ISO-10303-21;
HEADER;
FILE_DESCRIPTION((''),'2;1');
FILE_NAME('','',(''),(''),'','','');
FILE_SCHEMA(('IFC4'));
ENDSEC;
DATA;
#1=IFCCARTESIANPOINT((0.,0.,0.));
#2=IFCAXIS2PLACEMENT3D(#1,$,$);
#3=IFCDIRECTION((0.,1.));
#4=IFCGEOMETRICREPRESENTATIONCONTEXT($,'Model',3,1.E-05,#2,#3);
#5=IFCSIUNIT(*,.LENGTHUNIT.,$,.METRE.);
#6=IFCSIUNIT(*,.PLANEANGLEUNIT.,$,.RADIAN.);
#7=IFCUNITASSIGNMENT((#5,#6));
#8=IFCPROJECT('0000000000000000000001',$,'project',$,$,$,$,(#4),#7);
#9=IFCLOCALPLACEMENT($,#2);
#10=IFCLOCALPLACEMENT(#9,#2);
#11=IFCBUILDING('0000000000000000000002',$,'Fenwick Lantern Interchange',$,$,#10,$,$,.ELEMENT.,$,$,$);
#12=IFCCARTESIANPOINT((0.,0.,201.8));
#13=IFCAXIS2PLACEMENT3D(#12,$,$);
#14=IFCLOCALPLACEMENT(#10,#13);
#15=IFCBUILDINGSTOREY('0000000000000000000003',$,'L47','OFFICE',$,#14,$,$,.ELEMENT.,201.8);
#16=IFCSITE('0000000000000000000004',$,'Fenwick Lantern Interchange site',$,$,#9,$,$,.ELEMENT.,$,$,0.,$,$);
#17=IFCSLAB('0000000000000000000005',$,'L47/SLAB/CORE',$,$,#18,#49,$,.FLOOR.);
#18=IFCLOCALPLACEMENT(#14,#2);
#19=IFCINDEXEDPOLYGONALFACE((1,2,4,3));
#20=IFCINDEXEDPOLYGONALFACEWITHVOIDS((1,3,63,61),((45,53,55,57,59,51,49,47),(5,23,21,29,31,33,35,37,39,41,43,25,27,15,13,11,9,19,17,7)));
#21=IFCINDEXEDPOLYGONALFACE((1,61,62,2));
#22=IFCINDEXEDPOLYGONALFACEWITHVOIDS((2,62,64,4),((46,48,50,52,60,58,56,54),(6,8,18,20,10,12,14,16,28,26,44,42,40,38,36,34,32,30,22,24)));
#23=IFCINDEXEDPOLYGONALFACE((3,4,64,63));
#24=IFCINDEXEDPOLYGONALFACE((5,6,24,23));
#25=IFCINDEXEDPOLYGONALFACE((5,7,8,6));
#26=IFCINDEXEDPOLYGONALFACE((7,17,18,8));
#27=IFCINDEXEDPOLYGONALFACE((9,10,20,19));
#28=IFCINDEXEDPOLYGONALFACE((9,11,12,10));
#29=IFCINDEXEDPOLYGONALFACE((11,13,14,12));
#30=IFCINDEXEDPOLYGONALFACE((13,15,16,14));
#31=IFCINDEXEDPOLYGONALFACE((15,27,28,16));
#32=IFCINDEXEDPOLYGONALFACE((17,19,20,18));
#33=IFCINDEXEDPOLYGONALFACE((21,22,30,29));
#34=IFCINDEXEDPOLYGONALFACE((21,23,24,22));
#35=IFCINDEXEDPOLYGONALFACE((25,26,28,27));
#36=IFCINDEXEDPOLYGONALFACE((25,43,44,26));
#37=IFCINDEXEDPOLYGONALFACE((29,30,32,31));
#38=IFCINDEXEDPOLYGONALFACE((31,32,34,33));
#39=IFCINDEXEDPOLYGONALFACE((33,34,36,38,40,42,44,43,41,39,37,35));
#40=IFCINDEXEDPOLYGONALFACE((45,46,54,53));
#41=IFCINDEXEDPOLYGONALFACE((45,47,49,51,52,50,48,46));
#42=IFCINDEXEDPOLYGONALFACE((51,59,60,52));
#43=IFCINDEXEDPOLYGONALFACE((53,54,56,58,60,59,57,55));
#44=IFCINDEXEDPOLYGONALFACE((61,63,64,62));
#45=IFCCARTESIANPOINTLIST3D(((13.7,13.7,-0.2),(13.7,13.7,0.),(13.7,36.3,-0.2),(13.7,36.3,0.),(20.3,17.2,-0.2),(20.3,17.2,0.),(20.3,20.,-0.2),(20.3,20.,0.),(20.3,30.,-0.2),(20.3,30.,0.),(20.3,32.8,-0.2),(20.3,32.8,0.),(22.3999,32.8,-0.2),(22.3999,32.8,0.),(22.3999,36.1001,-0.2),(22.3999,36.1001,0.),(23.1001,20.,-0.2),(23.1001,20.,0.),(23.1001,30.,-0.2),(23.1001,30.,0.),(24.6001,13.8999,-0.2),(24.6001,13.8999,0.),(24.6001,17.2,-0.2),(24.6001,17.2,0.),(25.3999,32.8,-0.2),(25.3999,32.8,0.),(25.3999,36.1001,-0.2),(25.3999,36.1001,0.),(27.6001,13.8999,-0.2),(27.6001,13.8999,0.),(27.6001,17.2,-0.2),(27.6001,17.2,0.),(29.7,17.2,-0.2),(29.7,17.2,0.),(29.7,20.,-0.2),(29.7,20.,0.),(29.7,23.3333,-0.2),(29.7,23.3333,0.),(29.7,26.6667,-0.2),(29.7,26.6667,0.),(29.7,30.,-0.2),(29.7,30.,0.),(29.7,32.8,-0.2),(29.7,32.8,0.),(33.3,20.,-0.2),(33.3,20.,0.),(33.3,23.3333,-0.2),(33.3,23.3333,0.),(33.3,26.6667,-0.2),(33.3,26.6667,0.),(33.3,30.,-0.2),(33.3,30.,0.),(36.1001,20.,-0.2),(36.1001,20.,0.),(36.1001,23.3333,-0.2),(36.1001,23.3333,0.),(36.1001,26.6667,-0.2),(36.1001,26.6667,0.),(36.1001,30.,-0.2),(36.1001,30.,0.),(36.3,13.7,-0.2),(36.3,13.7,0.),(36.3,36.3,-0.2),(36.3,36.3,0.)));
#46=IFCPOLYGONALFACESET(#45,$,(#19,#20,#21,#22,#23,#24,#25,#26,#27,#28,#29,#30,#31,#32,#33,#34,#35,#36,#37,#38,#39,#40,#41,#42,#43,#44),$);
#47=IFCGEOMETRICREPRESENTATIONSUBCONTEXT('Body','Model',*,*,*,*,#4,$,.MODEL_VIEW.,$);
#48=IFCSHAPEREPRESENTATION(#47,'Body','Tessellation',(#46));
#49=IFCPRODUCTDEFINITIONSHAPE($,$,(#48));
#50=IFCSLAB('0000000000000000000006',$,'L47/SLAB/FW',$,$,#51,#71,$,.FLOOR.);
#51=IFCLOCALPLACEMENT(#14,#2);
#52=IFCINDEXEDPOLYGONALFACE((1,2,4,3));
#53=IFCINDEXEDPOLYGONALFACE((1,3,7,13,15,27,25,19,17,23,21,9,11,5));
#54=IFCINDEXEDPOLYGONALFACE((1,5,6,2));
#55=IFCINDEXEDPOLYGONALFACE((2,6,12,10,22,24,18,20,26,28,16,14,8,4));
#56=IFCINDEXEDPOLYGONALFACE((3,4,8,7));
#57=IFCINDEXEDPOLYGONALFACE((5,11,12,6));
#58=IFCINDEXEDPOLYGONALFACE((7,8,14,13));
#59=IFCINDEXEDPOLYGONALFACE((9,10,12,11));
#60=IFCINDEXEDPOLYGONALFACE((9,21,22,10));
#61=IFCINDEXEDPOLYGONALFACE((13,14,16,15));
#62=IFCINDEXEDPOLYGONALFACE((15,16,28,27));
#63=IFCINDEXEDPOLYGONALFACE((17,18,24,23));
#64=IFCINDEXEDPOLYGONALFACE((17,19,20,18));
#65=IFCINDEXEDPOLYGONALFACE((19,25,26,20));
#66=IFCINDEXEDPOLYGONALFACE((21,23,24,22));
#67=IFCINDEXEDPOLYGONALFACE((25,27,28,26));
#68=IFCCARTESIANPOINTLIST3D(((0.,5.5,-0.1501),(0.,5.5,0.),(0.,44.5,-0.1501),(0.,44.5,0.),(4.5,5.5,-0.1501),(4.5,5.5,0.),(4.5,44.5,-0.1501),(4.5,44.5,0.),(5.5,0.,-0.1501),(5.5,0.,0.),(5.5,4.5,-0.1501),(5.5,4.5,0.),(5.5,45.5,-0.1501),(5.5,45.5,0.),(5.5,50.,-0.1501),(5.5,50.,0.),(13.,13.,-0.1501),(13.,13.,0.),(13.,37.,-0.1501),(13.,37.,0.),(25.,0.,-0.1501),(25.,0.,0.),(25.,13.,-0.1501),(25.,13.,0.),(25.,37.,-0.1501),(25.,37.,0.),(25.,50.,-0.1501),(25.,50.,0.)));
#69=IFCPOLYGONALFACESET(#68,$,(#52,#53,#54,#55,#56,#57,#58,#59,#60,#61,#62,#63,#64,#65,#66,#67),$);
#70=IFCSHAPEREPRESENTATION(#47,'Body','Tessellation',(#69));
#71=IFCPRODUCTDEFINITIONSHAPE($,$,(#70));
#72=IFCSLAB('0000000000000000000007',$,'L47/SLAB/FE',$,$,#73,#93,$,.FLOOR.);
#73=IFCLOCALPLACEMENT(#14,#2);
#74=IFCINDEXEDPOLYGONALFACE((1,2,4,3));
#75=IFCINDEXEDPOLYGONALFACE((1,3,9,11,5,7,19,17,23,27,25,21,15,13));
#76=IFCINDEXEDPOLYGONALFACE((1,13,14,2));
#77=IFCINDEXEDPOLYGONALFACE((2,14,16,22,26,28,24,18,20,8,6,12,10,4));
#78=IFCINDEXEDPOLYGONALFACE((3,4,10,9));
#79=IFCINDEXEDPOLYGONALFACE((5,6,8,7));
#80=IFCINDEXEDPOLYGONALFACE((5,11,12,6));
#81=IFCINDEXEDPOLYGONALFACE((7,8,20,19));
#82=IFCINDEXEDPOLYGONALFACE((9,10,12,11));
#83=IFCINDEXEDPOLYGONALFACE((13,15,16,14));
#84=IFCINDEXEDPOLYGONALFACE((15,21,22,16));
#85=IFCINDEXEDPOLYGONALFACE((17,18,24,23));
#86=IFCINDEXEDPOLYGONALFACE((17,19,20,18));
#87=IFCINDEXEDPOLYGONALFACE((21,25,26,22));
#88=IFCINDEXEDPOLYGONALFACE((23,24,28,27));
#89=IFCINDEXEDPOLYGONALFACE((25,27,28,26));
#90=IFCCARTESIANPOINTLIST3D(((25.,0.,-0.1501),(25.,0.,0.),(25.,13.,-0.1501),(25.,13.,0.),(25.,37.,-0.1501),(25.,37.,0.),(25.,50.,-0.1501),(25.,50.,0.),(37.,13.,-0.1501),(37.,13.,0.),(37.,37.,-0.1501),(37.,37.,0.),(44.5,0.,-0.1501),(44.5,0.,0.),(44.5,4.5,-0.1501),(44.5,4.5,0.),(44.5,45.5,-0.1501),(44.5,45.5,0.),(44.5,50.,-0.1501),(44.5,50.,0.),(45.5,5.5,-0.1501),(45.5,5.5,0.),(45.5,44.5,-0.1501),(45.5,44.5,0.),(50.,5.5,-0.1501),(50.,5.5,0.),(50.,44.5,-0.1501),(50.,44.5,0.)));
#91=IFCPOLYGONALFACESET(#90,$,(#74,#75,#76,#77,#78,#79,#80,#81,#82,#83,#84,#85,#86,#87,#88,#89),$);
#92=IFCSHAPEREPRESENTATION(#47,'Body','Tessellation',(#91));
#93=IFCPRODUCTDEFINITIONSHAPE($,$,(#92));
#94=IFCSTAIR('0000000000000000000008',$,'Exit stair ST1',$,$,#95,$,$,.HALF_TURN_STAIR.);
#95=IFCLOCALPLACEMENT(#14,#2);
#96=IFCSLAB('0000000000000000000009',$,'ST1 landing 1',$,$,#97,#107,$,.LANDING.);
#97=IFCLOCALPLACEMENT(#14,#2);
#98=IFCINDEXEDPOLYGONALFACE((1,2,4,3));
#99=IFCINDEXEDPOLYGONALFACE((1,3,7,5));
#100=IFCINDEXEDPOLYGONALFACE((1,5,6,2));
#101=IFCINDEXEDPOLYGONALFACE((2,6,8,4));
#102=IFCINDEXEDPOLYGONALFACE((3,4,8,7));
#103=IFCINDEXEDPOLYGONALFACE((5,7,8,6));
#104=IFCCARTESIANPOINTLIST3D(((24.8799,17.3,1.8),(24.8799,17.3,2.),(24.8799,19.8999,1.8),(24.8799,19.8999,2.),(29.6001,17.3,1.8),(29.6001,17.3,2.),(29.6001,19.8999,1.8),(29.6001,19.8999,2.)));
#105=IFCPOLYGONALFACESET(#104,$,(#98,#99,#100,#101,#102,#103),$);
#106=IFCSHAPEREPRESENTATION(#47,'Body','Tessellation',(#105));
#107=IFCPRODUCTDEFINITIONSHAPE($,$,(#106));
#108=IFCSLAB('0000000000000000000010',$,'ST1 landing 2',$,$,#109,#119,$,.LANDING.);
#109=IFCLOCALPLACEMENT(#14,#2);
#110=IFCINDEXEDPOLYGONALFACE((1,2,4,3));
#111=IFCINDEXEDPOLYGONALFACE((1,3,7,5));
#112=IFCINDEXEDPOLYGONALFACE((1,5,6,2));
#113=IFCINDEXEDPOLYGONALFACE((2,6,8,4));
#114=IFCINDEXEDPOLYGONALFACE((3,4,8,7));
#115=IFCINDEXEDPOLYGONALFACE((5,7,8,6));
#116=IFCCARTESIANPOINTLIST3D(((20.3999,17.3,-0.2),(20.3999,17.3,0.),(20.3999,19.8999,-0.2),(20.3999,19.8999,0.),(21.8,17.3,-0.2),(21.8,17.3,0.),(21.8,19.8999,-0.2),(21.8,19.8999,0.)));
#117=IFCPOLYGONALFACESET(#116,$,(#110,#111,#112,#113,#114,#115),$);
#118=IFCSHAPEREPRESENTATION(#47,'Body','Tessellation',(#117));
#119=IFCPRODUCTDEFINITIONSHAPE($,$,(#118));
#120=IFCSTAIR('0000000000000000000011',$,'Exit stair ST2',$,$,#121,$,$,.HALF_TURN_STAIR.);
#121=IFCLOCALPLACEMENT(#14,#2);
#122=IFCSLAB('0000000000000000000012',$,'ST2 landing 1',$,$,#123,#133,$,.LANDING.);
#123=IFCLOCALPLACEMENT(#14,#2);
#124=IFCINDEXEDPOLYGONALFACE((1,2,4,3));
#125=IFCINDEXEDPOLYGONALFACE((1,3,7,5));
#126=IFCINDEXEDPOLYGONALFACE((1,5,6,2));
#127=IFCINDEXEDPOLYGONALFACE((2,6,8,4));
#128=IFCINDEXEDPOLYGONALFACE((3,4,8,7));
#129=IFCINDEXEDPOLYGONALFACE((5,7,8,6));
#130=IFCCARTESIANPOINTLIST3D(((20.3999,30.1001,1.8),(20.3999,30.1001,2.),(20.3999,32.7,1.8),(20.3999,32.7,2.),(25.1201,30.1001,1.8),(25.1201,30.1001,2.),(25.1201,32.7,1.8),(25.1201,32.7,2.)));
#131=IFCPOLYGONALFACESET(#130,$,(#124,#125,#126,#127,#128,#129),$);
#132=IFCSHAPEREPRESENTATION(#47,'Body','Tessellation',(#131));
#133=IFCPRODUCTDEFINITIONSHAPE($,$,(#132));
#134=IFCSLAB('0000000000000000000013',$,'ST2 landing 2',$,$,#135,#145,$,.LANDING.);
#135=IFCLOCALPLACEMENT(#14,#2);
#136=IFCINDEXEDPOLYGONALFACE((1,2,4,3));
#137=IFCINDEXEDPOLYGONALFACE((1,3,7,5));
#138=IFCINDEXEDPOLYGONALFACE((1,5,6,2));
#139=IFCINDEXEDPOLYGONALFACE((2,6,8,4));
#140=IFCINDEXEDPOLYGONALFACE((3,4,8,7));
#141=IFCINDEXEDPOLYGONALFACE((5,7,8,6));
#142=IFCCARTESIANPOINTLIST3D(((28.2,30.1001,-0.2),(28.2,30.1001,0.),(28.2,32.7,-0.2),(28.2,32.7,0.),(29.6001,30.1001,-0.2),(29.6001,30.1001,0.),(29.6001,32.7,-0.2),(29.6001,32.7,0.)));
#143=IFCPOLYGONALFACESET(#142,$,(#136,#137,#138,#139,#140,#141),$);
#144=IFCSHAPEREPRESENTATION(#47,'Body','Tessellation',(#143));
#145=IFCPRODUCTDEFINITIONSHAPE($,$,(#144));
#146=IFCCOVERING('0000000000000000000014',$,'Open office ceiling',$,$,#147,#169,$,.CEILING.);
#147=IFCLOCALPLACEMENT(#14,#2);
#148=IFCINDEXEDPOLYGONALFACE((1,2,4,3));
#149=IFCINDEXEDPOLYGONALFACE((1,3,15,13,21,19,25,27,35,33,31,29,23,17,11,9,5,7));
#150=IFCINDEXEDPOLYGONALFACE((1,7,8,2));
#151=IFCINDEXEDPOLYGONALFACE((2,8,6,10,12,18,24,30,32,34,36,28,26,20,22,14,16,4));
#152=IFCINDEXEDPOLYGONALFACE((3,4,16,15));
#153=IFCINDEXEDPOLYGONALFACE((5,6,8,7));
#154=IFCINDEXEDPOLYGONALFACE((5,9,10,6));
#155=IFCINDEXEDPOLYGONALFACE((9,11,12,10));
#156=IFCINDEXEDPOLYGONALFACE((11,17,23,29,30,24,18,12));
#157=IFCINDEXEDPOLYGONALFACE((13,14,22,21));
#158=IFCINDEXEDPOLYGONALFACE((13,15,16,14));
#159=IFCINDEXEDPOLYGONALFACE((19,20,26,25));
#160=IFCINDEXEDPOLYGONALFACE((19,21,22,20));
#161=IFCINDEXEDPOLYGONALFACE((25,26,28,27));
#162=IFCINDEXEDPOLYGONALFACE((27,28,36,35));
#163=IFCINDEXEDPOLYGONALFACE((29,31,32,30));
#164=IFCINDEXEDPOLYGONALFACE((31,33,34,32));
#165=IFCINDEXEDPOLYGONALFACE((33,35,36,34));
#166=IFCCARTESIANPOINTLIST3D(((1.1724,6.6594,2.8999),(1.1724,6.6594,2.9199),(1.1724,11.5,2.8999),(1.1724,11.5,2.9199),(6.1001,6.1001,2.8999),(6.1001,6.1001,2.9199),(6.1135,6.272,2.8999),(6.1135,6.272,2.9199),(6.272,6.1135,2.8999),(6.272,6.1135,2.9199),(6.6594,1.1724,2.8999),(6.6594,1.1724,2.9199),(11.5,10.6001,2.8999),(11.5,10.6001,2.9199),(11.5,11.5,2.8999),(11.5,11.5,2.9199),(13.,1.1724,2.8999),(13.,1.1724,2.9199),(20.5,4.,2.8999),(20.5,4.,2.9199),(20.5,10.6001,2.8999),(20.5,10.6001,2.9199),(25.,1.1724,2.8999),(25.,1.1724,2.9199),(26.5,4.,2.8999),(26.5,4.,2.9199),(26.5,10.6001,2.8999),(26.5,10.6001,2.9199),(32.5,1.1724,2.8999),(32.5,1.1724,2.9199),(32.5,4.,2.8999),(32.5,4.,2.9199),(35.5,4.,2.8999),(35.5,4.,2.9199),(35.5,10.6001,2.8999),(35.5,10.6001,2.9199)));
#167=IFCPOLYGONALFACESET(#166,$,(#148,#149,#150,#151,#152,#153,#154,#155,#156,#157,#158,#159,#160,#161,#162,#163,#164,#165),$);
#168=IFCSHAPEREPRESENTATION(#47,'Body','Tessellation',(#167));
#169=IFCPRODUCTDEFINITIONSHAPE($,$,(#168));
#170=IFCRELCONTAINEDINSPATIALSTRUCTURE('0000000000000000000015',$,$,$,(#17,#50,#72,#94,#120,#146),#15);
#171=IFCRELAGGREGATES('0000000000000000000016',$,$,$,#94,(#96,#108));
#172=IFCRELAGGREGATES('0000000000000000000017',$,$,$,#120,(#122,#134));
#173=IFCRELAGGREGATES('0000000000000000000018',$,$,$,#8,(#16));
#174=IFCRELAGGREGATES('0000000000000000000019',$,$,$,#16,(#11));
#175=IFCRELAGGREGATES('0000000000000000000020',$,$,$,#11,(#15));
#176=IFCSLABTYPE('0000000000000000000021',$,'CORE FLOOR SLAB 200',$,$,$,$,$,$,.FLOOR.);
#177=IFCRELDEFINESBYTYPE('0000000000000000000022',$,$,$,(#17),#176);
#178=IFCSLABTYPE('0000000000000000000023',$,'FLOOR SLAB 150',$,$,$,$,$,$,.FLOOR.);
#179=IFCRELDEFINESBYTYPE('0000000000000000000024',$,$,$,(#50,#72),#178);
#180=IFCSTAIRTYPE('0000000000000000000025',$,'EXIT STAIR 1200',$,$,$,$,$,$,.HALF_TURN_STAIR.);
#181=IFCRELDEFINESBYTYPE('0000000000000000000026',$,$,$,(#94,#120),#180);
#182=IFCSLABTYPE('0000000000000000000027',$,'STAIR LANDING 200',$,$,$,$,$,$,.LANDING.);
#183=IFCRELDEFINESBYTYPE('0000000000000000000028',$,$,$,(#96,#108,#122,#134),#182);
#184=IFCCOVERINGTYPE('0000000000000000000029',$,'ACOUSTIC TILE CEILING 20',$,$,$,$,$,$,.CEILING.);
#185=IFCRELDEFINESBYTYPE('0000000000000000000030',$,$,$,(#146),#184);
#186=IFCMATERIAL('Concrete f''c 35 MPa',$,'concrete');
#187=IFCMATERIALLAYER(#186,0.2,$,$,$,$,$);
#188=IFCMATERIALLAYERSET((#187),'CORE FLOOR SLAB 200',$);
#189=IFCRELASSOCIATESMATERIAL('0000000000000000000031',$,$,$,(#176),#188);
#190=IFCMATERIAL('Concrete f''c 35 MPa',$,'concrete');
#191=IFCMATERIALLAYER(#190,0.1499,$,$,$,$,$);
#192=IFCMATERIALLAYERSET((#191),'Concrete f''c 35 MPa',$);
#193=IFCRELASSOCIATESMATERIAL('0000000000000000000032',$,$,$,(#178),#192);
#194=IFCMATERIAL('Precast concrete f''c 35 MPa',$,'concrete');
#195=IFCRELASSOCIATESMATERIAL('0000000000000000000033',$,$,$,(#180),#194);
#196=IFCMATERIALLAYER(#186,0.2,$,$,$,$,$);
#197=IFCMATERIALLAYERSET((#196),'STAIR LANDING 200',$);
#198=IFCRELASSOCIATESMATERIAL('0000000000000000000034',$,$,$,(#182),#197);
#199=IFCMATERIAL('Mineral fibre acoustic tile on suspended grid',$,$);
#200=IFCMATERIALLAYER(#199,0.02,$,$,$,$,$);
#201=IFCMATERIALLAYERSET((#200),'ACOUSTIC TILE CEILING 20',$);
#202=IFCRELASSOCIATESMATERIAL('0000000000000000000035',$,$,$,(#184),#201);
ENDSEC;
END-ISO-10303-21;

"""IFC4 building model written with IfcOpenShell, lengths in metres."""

from ifc_helpers import new_model, si_unit, direction, frame, origin, place, context, subcontext, project, spatial, polyline, outline, extrude, material, layer, layer_set, type_object, element, aggregate, save


model = new_model("IFC4")

# Units and contexts
model_context = context("Model", 3, precision=1e-05, world=origin(), true_north=direction((0.0, 1.0)))
body_context = subcontext(model_context, "Body", "Model", "MODEL_VIEW")
ifc_project = project(units=[si_unit("LENGTHUNIT", "METRE"), si_unit("PLANEANGLEUNIT", "RADIAN")], contexts=[model_context])

# Site, building, storey
site_placement = place(None, origin())
site = spatial("IfcSite", under=ifc_project, at=site_placement, Name="Fenwick Lantern Interchange site", CompositionType="ELEMENT", RefElevation=0.0)
building_placement = place(site_placement, origin())
building = spatial("IfcBuilding", under=site, at=building_placement, Name="Fenwick Lantern Interchange", CompositionType="ELEMENT")
storey_placement = place(building_placement, frame((0.0, 0.0, 201.8)))
storey = spatial("IfcBuildingStorey", under=building, at=storey_placement, Name="L47", Description="OFFICE", CompositionType="ELEMENT", Elevation=201.8)

# Slabs
ifc_material_1 = material(Name="Concrete f'c 35 MPa", Category="concrete")
ifc_layer_1 = layer(ifc_material_1, 0.2)
ifc_layer_set_1 = layer_set([ifc_layer_1], Name="CORE FLOOR SLAB 200")
slab_type_1 = type_object("IfcSlabType", Name="CORE FLOOR SLAB 200", PredefinedType="FLOOR", material=ifc_layer_set_1)
slab_1_placement = place(storey_placement, frame((0.0, 0.0, -0.2)))
element("IfcSlab", 1, at=slab_1_placement, inside=storey, type_object=slab_type_1, Name="L47/SLAB/CORE", PredefinedType="FLOOR", context=body_context, shape_type="SweptSolid", body=[
    extrude(outline(polyline([(13.7, 36.3), (36.3, 36.3), (36.3, 13.7), (13.7, 13.7), (13.7, 36.3)]), holes=[polyline([(24.6001, 13.8999), (27.6001, 13.8999), (27.6001, 17.2), (29.7, 17.2), (29.7, 20.0), (29.7, 23.3333), (29.7, 26.6667), (29.7, 30.0), (29.7, 32.8), (25.3999, 32.8), (25.3999, 36.1001), (22.3999, 36.1001), (22.3999, 32.8), (20.3, 32.8), (20.3, 30.0), (23.1001, 30.0), (23.1001, 20.0), (20.3, 20.0), (20.3, 17.2), (24.6001, 17.2), (24.6001, 13.8999)]), polyline([(33.3, 23.3333), (33.3, 20.0), (36.1001, 20.0), (36.1001, 23.3333), (36.1001, 26.6667), (36.1001, 30.0), (33.3, 30.0), (33.3, 26.6667), (33.3, 23.3333)])]), origin(), (0.0, 0.0, 1.0), 0.2),
])
ifc_material_2 = material(Name="Concrete f'c 35 MPa", Category="concrete")
ifc_layer_2 = layer(ifc_material_2, 0.1499)
ifc_layer_set_2 = layer_set([ifc_layer_2], Name="Concrete f'c 35 MPa")
slab_type_2 = type_object("IfcSlabType", Name="FLOOR SLAB 150", PredefinedType="FLOOR", material=ifc_layer_set_2)
slab_2_placement = place(storey_placement, frame((0.0, 0.0, -0.1501)))
element("IfcSlab", 2, at=slab_2_placement, inside=storey, type_object=slab_type_2, Name="L47/SLAB/FW", PredefinedType="FLOOR", context=body_context, shape_type="SweptSolid", body=[
    extrude(outline(polyline([(5.5, 0.0), (5.5, 4.5), (4.5, 5.5), (0.0, 5.5), (0.0, 44.5), (4.5, 44.5), (5.5, 45.5), (5.5, 50.0), (25.0, 50.0), (25.0, 37.0), (13.0, 37.0), (13.0, 13.0), (25.0, 13.0), (25.0, 0.0), (5.5, 0.0)])), origin(), (0.0, 0.0, 1.0), 0.1501),
])
slab_3_placement = place(storey_placement, frame((0.0, 0.0, -0.1501)))
element("IfcSlab", 3, at=slab_3_placement, inside=storey, type_object=slab_type_2, Name="L47/SLAB/FE", PredefinedType="FLOOR", context=body_context, shape_type="SweptSolid", body=[
    extrude(outline(polyline([(44.5, 50.0), (44.5, 45.5), (45.5, 44.5), (50.0, 44.5), (50.0, 5.5), (45.5, 5.5), (44.5, 4.5), (44.5, 0.0), (25.0, 0.0), (25.0, 13.0), (37.0, 13.0), (37.0, 37.0), (25.0, 37.0), (25.0, 50.0), (44.5, 50.0)])), origin(), (0.0, 0.0, 1.0), 0.1501),
])

# Stairs, slabs
ifc_material_3 = material(Name="Precast concrete f'c 35 MPa", Category="concrete")
stair_type = type_object("IfcStairType", Name="EXIT STAIR 1200", PredefinedType="HALF_TURN_STAIR", material=ifc_material_3)
stair_1_placement = place(storey_placement, origin())
stair_1 = element("IfcStair", 4, at=stair_1_placement, inside=storey, type_object=stair_type, Name="Exit stair ST1", PredefinedType="HALF_TURN_STAIR")
ifc_layer_3 = layer(ifc_material_1, 0.2)
ifc_layer_set_3 = layer_set([ifc_layer_3], Name="STAIR LANDING 200")
slab_type_3 = type_object("IfcSlabType", Name="STAIR LANDING 200", PredefinedType="LANDING", material=ifc_layer_set_3)
slab_4_placement = place(storey_placement, frame((0.0, 0.0, 1.8)))
slab_4 = element("IfcSlab", 5, at=slab_4_placement, type_object=slab_type_3, Name="ST1 landing 1", PredefinedType="LANDING", context=body_context, shape_type="SweptSolid", body=[
    extrude(outline(polyline([(24.8799, 17.3), (29.6001, 17.3), (29.6001, 19.8999), (24.8799, 19.8999), (24.8799, 17.3)])), origin(), (0.0, 0.0, 1.0), 0.2),
])
slab_5_placement = place(storey_placement, frame((0.0, 0.0, -0.2)))
slab_5 = element("IfcSlab", 6, at=slab_5_placement, type_object=slab_type_3, Name="ST1 landing 2", PredefinedType="LANDING", context=body_context, shape_type="SweptSolid", body=[
    extrude(outline(polyline([(20.3999, 17.3), (21.8, 17.3), (21.8, 19.8999), (20.3999, 19.8999), (20.3999, 17.3)])), origin(), (0.0, 0.0, 1.0), 0.2),
])
aggregate(stair_1, [slab_4, slab_5])
stair_2_placement = place(storey_placement, origin())
stair_2 = element("IfcStair", 7, at=stair_2_placement, inside=storey, type_object=stair_type, Name="Exit stair ST2", PredefinedType="HALF_TURN_STAIR")
slab_6_placement = place(storey_placement, frame((0.0, 0.0, 1.8)))
slab_6 = element("IfcSlab", 8, at=slab_6_placement, type_object=slab_type_3, Name="ST2 landing 1", PredefinedType="LANDING", context=body_context, shape_type="SweptSolid", body=[
    extrude(outline(polyline([(25.1201, 32.7), (20.3999, 32.7), (20.3999, 30.1001), (25.1201, 30.1001), (25.1201, 32.7)])), origin(), (0.0, 0.0, 1.0), 0.2),
])
slab_7_placement = place(storey_placement, frame((0.0, 0.0, -0.2)))
slab_7 = element("IfcSlab", 9, at=slab_7_placement, type_object=slab_type_3, Name="ST2 landing 2", PredefinedType="LANDING", context=body_context, shape_type="SweptSolid", body=[
    extrude(outline(polyline([(29.6001, 32.7), (28.2, 32.7), (28.2, 30.1001), (29.6001, 30.1001), (29.6001, 32.7)])), origin(), (0.0, 0.0, 1.0), 0.2),
])
aggregate(stair_2, [slab_6, slab_7])

# Covering
ifc_material_4 = material(Name="Mineral fibre acoustic tile on suspended grid")
ifc_layer_4 = layer(ifc_material_4, 0.02)
ifc_layer_set_4 = layer_set([ifc_layer_4], Name="ACOUSTIC TILE CEILING 20")
covering_type_1 = type_object("IfcCoveringType", Name="ACOUSTIC TILE CEILING 20", PredefinedType="CEILING", material=ifc_layer_set_4)
covering_1_placement = place(storey_placement, frame((0.0, 0.0, 2.8999)))
element("IfcCovering", 10, at=covering_1_placement, inside=storey, type_object=covering_type_1, Name="Open office ceiling", PredefinedType="CEILING", context=body_context, shape_type="SweptSolid", body=[
    extrude(outline(polyline([(26.5, 10.6001), (26.5, 4.0), (20.5, 4.0), (20.5, 10.6001), (11.5, 10.6001), (11.5, 11.5), (1.1724, 11.5), (1.1724, 6.6594), (6.1135, 6.272), (6.1001, 6.1001), (6.272, 6.1135), (6.6594, 1.1724), (13.0, 1.1724), (25.0, 1.1724), (32.5, 1.1724), (32.5, 4.0), (35.5, 4.0), (35.5, 10.6001), (26.5, 10.6001)])), origin(), (0.0, 0.0, 1.0), 0.02),
])

save(model, "model.ifc")
